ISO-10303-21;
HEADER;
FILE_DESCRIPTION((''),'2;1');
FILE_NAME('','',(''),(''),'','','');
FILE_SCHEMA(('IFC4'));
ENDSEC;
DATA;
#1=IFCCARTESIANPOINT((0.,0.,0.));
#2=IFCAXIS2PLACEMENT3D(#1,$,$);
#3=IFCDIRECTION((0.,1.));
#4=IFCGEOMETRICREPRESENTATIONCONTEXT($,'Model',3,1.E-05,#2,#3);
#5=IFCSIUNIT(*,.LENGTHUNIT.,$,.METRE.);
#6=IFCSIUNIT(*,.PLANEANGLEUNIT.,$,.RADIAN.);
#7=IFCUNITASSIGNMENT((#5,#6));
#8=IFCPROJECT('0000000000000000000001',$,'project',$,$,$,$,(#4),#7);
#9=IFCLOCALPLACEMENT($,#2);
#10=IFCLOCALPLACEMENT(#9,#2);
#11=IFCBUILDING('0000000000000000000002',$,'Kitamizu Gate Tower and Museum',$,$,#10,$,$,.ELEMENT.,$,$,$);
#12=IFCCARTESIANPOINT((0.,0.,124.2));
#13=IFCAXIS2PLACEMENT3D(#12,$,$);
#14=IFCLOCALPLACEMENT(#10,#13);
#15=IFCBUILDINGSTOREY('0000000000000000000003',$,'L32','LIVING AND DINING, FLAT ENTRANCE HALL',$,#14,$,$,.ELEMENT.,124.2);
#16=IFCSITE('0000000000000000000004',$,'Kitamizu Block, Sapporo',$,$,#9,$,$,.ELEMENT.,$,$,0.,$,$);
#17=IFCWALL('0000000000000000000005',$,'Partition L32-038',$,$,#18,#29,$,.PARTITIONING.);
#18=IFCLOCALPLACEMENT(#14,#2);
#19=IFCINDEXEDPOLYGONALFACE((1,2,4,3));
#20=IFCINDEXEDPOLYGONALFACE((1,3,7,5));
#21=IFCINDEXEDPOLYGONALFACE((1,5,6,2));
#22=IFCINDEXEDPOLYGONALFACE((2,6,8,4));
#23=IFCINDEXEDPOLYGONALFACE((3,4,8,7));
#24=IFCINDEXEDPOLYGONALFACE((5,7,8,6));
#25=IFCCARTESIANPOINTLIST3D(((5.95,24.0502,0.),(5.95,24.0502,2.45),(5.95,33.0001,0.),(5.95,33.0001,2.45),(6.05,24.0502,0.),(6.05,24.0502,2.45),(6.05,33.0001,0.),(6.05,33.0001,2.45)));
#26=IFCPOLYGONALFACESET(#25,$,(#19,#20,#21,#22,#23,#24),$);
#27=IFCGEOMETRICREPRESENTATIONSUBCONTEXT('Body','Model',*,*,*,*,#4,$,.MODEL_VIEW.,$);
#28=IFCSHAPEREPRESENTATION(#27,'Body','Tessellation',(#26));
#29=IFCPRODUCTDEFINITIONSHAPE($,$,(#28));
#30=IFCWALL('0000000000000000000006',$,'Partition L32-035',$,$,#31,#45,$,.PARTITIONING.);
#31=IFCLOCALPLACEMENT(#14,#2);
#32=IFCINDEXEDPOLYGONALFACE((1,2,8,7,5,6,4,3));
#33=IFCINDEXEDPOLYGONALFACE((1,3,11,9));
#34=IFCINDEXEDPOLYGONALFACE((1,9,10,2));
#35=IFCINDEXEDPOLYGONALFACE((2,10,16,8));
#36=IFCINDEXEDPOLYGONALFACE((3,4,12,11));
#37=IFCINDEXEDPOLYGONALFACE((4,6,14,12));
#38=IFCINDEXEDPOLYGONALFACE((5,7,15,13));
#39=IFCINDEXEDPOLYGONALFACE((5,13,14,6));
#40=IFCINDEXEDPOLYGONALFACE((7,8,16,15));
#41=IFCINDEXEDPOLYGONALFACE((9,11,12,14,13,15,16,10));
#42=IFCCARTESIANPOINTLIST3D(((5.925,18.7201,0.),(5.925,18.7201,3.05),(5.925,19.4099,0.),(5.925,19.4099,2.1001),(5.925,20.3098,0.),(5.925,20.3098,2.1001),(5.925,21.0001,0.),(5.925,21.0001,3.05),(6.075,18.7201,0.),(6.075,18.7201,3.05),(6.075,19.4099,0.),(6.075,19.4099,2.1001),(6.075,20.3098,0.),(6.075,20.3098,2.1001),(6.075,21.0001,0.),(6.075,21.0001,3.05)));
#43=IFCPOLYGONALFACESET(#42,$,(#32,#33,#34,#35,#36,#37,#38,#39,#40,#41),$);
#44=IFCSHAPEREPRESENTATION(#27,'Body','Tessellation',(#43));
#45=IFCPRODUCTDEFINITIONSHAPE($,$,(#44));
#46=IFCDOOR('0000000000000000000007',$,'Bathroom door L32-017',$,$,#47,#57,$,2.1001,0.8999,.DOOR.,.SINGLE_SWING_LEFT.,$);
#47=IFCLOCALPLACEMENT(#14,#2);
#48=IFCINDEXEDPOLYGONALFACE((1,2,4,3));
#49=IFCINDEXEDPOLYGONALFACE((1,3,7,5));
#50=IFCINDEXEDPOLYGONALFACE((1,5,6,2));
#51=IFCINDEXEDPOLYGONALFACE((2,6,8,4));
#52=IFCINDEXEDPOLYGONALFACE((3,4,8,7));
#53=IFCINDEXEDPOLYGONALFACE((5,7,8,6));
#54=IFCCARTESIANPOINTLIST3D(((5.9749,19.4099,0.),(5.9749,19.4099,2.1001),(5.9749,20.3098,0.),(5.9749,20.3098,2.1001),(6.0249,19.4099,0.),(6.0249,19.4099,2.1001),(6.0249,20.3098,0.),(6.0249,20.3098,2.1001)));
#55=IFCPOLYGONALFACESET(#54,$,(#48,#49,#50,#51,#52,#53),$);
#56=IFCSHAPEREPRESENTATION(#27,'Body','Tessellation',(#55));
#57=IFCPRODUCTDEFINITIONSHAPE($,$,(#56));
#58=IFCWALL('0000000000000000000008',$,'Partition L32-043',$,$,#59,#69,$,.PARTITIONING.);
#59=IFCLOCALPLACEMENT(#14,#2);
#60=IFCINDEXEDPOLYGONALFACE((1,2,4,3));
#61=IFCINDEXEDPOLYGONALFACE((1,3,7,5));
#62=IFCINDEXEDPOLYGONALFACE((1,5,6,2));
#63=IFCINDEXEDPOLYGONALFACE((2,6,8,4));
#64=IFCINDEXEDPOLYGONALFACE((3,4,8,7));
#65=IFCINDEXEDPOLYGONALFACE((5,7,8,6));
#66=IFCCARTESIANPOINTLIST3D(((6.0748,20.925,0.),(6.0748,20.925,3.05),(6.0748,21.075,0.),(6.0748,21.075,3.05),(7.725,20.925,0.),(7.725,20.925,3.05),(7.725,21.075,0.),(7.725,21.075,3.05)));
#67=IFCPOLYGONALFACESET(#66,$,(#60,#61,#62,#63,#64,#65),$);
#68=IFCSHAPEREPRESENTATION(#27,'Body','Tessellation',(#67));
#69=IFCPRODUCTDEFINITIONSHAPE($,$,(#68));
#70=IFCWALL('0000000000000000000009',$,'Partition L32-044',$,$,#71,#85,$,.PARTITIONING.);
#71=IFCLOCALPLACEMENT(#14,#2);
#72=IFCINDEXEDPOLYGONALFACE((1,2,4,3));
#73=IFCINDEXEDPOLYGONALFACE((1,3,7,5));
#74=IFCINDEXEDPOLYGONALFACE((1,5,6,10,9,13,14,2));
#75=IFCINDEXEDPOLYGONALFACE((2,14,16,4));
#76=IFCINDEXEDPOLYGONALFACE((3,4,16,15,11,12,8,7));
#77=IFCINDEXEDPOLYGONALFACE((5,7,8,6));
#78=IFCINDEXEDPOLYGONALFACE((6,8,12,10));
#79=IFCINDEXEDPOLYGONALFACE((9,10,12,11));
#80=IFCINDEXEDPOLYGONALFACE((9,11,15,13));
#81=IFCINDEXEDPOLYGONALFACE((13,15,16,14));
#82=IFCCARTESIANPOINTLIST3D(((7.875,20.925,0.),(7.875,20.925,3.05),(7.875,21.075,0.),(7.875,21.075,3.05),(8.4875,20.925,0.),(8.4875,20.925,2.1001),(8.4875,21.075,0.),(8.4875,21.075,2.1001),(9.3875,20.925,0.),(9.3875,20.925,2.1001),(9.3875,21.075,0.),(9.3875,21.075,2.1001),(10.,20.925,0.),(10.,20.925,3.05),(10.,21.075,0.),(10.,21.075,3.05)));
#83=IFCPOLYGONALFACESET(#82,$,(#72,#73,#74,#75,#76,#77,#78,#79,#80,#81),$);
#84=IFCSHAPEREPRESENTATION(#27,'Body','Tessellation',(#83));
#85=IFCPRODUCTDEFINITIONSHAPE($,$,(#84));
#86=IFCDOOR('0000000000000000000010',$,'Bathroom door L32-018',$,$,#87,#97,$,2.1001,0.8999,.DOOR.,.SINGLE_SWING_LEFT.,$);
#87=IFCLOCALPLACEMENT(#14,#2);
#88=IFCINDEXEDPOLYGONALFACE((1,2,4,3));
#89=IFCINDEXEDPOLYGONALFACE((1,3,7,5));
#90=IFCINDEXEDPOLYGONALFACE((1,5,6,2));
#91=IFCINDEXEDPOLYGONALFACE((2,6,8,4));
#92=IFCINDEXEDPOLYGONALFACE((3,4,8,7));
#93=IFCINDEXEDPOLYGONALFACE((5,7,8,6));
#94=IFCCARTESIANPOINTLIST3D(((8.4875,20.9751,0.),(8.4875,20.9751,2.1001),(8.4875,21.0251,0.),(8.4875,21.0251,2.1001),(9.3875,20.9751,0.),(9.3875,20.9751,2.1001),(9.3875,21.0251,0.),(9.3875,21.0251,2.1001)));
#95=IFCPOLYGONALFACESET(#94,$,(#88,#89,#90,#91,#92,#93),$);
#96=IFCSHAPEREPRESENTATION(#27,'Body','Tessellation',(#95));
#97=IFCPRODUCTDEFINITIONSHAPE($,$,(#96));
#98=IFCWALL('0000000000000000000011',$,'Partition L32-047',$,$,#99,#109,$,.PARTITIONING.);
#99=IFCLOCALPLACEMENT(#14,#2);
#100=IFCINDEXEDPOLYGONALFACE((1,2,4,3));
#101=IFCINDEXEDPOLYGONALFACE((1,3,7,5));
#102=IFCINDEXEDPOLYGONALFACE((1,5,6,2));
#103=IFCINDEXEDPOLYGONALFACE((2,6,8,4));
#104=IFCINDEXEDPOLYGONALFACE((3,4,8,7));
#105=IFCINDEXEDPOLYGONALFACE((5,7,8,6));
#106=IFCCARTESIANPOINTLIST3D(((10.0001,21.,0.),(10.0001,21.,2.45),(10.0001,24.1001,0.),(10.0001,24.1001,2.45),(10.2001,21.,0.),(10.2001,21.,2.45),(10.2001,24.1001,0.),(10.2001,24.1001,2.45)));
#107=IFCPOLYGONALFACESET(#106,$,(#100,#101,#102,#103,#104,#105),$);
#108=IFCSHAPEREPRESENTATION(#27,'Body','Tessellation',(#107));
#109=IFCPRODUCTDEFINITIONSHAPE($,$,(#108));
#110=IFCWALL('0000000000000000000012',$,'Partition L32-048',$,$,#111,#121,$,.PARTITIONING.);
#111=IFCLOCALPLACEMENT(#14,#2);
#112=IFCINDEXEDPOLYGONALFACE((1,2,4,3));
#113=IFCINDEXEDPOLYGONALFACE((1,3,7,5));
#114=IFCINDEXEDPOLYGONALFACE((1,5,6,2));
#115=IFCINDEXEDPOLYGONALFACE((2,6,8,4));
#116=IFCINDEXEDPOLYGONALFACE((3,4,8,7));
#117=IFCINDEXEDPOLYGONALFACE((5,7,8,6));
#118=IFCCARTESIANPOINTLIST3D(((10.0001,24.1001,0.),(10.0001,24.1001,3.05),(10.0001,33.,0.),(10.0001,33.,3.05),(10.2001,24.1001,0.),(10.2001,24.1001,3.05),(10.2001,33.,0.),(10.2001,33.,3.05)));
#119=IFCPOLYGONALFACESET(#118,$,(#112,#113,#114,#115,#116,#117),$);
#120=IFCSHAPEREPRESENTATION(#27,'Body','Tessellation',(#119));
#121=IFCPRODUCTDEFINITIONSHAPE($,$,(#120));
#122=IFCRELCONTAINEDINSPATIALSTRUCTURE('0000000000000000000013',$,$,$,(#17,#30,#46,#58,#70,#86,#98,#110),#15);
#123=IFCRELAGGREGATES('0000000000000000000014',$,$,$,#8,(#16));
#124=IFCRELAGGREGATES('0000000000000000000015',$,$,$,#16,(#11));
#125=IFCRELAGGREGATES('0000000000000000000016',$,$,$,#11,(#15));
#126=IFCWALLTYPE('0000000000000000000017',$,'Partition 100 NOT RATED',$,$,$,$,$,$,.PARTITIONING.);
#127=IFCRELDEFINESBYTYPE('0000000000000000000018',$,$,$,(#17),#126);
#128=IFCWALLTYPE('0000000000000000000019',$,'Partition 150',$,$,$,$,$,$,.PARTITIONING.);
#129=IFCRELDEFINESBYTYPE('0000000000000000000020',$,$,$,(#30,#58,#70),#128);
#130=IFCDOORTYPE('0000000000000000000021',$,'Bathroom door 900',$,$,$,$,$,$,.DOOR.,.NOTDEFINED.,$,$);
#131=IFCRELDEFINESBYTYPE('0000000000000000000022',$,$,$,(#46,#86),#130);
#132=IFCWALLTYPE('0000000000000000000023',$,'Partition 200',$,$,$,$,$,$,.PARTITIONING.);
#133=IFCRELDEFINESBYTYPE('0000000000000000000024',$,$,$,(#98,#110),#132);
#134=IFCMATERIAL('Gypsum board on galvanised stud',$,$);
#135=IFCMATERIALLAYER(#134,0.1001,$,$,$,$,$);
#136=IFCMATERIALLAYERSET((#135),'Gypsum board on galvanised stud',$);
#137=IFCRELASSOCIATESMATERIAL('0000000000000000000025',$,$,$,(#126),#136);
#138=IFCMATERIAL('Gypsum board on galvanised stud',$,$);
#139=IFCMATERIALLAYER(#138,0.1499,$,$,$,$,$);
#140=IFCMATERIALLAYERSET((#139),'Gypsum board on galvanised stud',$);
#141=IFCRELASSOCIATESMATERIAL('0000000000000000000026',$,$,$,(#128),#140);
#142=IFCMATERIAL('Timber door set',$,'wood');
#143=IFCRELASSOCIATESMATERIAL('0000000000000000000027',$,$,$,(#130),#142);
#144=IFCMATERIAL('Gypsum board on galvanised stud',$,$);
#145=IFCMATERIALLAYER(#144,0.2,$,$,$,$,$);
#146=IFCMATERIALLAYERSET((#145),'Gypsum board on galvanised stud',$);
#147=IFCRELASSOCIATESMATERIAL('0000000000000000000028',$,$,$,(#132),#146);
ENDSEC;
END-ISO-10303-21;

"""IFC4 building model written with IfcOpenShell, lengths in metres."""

from ifc_helpers import new_model, si_unit, direction, frame, frame_2d, origin, place, context, subcontext, project, spatial, rectangle, extrude, material, layer, layer_set, type_object, element, fill, save


model = new_model("IFC4")

# Units and contexts
model_context = context("Model", 3, precision=1e-05, world=origin(), true_north=direction((0.0, 1.0)))
body_context = subcontext(model_context, "Body", "Model", "MODEL_VIEW")
ifc_project = project(units=[si_unit("LENGTHUNIT", "METRE"), si_unit("PLANEANGLEUNIT", "RADIAN")], contexts=[model_context])

# Site, building, storey
site_placement = place(None, origin())
site = spatial("IfcSite", under=ifc_project, at=site_placement, Name="Kitamizu Block, Sapporo", CompositionType="ELEMENT", RefElevation=0.0)
building_placement = place(site_placement, origin())
building = spatial("IfcBuilding", under=site, at=building_placement, Name="Kitamizu Gate Tower and Museum", CompositionType="ELEMENT")
storey_placement = place(building_placement, frame((0.0, 0.0, 124.2)))
storey = spatial("IfcBuildingStorey", under=building, at=storey_placement, Name="L32", Description="LIVING AND DINING, FLAT ENTRANCE HALL", CompositionType="ELEMENT", Elevation=124.2)

# Shared definitions
ifc_material_1 = material(Name="Gypsum board on galvanised stud")
ifc_layer_1 = layer(ifc_material_1, 0.1001)
ifc_layer_set_1 = layer_set([ifc_layer_1], Name="Gypsum board on galvanised stud")
wall_type_1 = type_object("IfcWallType", Name="Partition 100 NOT RATED", PredefinedType="PARTITIONING", material=ifc_layer_set_1)

# Wall
wall_1_placement = place(storey_placement, frame((6.0, 24.05, 0.0), z_axis=(0.0, 0.0, 1.0), x_axis=(0.0, 1.0, 0.0)))
element("IfcWall", 1, at=wall_1_placement, inside=storey, type_object=wall_type_1, Name="Partition L32-038", PredefinedType="PARTITIONING", context=body_context, shape_type="SweptSolid", body=[
    extrude(rectangle(XDim=8.95, YDim=0.1001, at=frame_2d((4.4751, 0.0))), origin(), (0.0, 0.0, 1.0), 2.45),
])

# Wall, opening, door
ifc_material_2 = material(Name="Gypsum board on galvanised stud")
ifc_layer_2 = layer(ifc_material_2, 0.1499)
ifc_layer_set_2 = layer_set([ifc_layer_2], Name="Gypsum board on galvanised stud")
wall_type_2 = type_object("IfcWallType", Name="Partition 150", PredefinedType="PARTITIONING", material=ifc_layer_set_2)
wall_2_placement = place(storey_placement, frame((6.0, 18.72, 0.0), z_axis=(0.0, 0.0, 1.0), x_axis=(0.0, 1.0, 0.0)))
wall_2 = element("IfcWall", 2, at=wall_2_placement, inside=storey, type_object=wall_type_2, Name="Partition L32-035", PredefinedType="PARTITIONING", context=body_context, shape_type="SweptSolid", body=[
    extrude(rectangle(XDim=2.28, YDim=0.1499, at=frame_2d((1.1401, 0.0))), origin(), (0.0, 0.0, 1.0), 3.05),
])
opening_1_placement = place(wall_2_placement, frame((0.6899, 0.0, 0.0)))
opening_1 = element("IfcOpeningElement", 3, at=opening_1_placement, cuts=wall_2, PredefinedType="OPENING", context=body_context, shape_type="SweptSolid", body=[
    extrude(rectangle(XDim=0.8999, YDim=2.1001, at=frame_2d((0.45, 1.05))), frame((0.0, 0.085, 0.0), z_axis=(0.0, -1.0, 0.0), x_axis=(1.0, 0.0, 0.0)), (0.0, 0.0, 1.0), 0.1699),
])
ifc_material_3 = material(Name="Timber door set", Category="wood")
door_type_1 = type_object("IfcDoorType", Name="Bathroom door 900", OperationType="NOTDEFINED", PredefinedType="DOOR", material=ifc_material_3)
door_1_placement = place(opening_1_placement, frame((0.8999, 0.0, 0.0), x_axis=(-1.0, 0.0, 0.0)))
door_1 = element("IfcDoor", 4, at=door_1_placement, inside=storey, type_object=door_type_1, Name="Bathroom door L32-017", OperationType="SINGLE_SWING_LEFT", OverallHeight=2.1001, OverallWidth=0.8999, PredefinedType="DOOR", context=body_context, shape_type="SweptSolid", body=[
    extrude(rectangle(XDim=0.8999, YDim=2.1001, at=frame_2d((0.45, 1.05))), frame((0.0, 0.0249, 0.0), z_axis=(0.0, -1.0, 0.0), x_axis=(1.0, 0.0, 0.0)), (0.0, 0.0, 1.0), 0.05),
])
fill(opening_1, door_1)

# Wall
wall_3_placement = place(storey_placement, frame((7.7251, 21.0, 0.0), z_axis=(0.0, 0.0, 1.0), x_axis=(-1.0, 0.0, 0.0)))
element("IfcWall", 5, at=wall_3_placement, inside=storey, type_object=wall_type_2, Name="Partition L32-043", PredefinedType="PARTITIONING", context=body_context, shape_type="SweptSolid", body=[
    extrude(rectangle(XDim=1.6501, YDim=0.1499, at=frame_2d((0.8252, 0.0))), origin(), (0.0, 0.0, 1.0), 3.05),
])

# Wall, opening, door
wall_4_placement = place(storey_placement, frame((10.0, 21.0, 0.0), z_axis=(0.0, 0.0, 1.0), x_axis=(-1.0, 0.0, 0.0)))
wall_4 = element("IfcWall", 6, at=wall_4_placement, inside=storey, type_object=wall_type_2, Name="Partition L32-044", PredefinedType="PARTITIONING", context=body_context, shape_type="SweptSolid", body=[
    extrude(rectangle(XDim=2.125, YDim=0.1499, at=frame_2d((1.0625, 0.0))), origin(), (0.0, 0.0, 1.0), 3.05),
])
opening_2_placement = place(wall_4_placement, frame((0.6125, 0.0, 0.0)))
opening_2 = element("IfcOpeningElement", 7, at=opening_2_placement, cuts=wall_4, PredefinedType="OPENING", context=body_context, shape_type="SweptSolid", body=[
    extrude(rectangle(XDim=0.8999, YDim=2.1001, at=frame_2d((0.45, 1.05))), frame((0.0, 0.085, 0.0), z_axis=(0.0, -1.0, 0.0), x_axis=(1.0, 0.0, 0.0)), (0.0, 0.0, 1.0), 0.1699),
])
door_2_placement = place(opening_2_placement, origin())
door_2 = element("IfcDoor", 8, at=door_2_placement, inside=storey, type_object=door_type_1, Name="Bathroom door L32-018", OperationType="SINGLE_SWING_LEFT", OverallHeight=2.1001, OverallWidth=0.8999, PredefinedType="DOOR", context=body_context, shape_type="SweptSolid", body=[
    extrude(rectangle(XDim=0.8999, YDim=2.1001, at=frame_2d((0.45, 1.05))), frame((0.0, 0.0249, 0.0), z_axis=(0.0, -1.0, 0.0), x_axis=(1.0, 0.0, 0.0)), (0.0, 0.0, 1.0), 0.05),
])
fill(opening_2, door_2)

# Walls
ifc_material_4 = material(Name="Gypsum board on galvanised stud")
ifc_layer_3 = layer(ifc_material_4, 0.2)
ifc_layer_set_3 = layer_set([ifc_layer_3], Name="Gypsum board on galvanised stud")
wall_type_3 = type_object("IfcWallType", Name="Partition 200", PredefinedType="PARTITIONING", material=ifc_layer_set_3)
wall_5_placement = place(storey_placement, frame((10.1001, 21.0, 0.0), z_axis=(0.0, 0.0, 1.0), x_axis=(0.0, 1.0, 0.0)))
element("IfcWall", 9, at=wall_5_placement, inside=storey, type_object=wall_type_3, Name="Partition L32-047", PredefinedType="PARTITIONING", context=body_context, shape_type="SweptSolid", body=[
    extrude(rectangle(XDim=3.1001, YDim=0.2, at=frame_2d((1.55, 0.0))), origin(), (0.0, 0.0, 1.0), 2.45),
])
wall_6_placement = place(storey_placement, frame((10.1001, 24.1001, 0.0), z_axis=(0.0, 0.0, 1.0), x_axis=(0.0, 1.0, 0.0)))
element("IfcWall", 10, at=wall_6_placement, inside=storey, type_object=wall_type_3, Name="Partition L32-048", PredefinedType="PARTITIONING", context=body_context, shape_type="SweptSolid", body=[
    extrude(rectangle(XDim=8.8999, YDim=0.2, at=frame_2d((4.45, 0.0))), origin(), (0.0, 0.0, 1.0), 3.05),
])

save(model, "model.ifc")
